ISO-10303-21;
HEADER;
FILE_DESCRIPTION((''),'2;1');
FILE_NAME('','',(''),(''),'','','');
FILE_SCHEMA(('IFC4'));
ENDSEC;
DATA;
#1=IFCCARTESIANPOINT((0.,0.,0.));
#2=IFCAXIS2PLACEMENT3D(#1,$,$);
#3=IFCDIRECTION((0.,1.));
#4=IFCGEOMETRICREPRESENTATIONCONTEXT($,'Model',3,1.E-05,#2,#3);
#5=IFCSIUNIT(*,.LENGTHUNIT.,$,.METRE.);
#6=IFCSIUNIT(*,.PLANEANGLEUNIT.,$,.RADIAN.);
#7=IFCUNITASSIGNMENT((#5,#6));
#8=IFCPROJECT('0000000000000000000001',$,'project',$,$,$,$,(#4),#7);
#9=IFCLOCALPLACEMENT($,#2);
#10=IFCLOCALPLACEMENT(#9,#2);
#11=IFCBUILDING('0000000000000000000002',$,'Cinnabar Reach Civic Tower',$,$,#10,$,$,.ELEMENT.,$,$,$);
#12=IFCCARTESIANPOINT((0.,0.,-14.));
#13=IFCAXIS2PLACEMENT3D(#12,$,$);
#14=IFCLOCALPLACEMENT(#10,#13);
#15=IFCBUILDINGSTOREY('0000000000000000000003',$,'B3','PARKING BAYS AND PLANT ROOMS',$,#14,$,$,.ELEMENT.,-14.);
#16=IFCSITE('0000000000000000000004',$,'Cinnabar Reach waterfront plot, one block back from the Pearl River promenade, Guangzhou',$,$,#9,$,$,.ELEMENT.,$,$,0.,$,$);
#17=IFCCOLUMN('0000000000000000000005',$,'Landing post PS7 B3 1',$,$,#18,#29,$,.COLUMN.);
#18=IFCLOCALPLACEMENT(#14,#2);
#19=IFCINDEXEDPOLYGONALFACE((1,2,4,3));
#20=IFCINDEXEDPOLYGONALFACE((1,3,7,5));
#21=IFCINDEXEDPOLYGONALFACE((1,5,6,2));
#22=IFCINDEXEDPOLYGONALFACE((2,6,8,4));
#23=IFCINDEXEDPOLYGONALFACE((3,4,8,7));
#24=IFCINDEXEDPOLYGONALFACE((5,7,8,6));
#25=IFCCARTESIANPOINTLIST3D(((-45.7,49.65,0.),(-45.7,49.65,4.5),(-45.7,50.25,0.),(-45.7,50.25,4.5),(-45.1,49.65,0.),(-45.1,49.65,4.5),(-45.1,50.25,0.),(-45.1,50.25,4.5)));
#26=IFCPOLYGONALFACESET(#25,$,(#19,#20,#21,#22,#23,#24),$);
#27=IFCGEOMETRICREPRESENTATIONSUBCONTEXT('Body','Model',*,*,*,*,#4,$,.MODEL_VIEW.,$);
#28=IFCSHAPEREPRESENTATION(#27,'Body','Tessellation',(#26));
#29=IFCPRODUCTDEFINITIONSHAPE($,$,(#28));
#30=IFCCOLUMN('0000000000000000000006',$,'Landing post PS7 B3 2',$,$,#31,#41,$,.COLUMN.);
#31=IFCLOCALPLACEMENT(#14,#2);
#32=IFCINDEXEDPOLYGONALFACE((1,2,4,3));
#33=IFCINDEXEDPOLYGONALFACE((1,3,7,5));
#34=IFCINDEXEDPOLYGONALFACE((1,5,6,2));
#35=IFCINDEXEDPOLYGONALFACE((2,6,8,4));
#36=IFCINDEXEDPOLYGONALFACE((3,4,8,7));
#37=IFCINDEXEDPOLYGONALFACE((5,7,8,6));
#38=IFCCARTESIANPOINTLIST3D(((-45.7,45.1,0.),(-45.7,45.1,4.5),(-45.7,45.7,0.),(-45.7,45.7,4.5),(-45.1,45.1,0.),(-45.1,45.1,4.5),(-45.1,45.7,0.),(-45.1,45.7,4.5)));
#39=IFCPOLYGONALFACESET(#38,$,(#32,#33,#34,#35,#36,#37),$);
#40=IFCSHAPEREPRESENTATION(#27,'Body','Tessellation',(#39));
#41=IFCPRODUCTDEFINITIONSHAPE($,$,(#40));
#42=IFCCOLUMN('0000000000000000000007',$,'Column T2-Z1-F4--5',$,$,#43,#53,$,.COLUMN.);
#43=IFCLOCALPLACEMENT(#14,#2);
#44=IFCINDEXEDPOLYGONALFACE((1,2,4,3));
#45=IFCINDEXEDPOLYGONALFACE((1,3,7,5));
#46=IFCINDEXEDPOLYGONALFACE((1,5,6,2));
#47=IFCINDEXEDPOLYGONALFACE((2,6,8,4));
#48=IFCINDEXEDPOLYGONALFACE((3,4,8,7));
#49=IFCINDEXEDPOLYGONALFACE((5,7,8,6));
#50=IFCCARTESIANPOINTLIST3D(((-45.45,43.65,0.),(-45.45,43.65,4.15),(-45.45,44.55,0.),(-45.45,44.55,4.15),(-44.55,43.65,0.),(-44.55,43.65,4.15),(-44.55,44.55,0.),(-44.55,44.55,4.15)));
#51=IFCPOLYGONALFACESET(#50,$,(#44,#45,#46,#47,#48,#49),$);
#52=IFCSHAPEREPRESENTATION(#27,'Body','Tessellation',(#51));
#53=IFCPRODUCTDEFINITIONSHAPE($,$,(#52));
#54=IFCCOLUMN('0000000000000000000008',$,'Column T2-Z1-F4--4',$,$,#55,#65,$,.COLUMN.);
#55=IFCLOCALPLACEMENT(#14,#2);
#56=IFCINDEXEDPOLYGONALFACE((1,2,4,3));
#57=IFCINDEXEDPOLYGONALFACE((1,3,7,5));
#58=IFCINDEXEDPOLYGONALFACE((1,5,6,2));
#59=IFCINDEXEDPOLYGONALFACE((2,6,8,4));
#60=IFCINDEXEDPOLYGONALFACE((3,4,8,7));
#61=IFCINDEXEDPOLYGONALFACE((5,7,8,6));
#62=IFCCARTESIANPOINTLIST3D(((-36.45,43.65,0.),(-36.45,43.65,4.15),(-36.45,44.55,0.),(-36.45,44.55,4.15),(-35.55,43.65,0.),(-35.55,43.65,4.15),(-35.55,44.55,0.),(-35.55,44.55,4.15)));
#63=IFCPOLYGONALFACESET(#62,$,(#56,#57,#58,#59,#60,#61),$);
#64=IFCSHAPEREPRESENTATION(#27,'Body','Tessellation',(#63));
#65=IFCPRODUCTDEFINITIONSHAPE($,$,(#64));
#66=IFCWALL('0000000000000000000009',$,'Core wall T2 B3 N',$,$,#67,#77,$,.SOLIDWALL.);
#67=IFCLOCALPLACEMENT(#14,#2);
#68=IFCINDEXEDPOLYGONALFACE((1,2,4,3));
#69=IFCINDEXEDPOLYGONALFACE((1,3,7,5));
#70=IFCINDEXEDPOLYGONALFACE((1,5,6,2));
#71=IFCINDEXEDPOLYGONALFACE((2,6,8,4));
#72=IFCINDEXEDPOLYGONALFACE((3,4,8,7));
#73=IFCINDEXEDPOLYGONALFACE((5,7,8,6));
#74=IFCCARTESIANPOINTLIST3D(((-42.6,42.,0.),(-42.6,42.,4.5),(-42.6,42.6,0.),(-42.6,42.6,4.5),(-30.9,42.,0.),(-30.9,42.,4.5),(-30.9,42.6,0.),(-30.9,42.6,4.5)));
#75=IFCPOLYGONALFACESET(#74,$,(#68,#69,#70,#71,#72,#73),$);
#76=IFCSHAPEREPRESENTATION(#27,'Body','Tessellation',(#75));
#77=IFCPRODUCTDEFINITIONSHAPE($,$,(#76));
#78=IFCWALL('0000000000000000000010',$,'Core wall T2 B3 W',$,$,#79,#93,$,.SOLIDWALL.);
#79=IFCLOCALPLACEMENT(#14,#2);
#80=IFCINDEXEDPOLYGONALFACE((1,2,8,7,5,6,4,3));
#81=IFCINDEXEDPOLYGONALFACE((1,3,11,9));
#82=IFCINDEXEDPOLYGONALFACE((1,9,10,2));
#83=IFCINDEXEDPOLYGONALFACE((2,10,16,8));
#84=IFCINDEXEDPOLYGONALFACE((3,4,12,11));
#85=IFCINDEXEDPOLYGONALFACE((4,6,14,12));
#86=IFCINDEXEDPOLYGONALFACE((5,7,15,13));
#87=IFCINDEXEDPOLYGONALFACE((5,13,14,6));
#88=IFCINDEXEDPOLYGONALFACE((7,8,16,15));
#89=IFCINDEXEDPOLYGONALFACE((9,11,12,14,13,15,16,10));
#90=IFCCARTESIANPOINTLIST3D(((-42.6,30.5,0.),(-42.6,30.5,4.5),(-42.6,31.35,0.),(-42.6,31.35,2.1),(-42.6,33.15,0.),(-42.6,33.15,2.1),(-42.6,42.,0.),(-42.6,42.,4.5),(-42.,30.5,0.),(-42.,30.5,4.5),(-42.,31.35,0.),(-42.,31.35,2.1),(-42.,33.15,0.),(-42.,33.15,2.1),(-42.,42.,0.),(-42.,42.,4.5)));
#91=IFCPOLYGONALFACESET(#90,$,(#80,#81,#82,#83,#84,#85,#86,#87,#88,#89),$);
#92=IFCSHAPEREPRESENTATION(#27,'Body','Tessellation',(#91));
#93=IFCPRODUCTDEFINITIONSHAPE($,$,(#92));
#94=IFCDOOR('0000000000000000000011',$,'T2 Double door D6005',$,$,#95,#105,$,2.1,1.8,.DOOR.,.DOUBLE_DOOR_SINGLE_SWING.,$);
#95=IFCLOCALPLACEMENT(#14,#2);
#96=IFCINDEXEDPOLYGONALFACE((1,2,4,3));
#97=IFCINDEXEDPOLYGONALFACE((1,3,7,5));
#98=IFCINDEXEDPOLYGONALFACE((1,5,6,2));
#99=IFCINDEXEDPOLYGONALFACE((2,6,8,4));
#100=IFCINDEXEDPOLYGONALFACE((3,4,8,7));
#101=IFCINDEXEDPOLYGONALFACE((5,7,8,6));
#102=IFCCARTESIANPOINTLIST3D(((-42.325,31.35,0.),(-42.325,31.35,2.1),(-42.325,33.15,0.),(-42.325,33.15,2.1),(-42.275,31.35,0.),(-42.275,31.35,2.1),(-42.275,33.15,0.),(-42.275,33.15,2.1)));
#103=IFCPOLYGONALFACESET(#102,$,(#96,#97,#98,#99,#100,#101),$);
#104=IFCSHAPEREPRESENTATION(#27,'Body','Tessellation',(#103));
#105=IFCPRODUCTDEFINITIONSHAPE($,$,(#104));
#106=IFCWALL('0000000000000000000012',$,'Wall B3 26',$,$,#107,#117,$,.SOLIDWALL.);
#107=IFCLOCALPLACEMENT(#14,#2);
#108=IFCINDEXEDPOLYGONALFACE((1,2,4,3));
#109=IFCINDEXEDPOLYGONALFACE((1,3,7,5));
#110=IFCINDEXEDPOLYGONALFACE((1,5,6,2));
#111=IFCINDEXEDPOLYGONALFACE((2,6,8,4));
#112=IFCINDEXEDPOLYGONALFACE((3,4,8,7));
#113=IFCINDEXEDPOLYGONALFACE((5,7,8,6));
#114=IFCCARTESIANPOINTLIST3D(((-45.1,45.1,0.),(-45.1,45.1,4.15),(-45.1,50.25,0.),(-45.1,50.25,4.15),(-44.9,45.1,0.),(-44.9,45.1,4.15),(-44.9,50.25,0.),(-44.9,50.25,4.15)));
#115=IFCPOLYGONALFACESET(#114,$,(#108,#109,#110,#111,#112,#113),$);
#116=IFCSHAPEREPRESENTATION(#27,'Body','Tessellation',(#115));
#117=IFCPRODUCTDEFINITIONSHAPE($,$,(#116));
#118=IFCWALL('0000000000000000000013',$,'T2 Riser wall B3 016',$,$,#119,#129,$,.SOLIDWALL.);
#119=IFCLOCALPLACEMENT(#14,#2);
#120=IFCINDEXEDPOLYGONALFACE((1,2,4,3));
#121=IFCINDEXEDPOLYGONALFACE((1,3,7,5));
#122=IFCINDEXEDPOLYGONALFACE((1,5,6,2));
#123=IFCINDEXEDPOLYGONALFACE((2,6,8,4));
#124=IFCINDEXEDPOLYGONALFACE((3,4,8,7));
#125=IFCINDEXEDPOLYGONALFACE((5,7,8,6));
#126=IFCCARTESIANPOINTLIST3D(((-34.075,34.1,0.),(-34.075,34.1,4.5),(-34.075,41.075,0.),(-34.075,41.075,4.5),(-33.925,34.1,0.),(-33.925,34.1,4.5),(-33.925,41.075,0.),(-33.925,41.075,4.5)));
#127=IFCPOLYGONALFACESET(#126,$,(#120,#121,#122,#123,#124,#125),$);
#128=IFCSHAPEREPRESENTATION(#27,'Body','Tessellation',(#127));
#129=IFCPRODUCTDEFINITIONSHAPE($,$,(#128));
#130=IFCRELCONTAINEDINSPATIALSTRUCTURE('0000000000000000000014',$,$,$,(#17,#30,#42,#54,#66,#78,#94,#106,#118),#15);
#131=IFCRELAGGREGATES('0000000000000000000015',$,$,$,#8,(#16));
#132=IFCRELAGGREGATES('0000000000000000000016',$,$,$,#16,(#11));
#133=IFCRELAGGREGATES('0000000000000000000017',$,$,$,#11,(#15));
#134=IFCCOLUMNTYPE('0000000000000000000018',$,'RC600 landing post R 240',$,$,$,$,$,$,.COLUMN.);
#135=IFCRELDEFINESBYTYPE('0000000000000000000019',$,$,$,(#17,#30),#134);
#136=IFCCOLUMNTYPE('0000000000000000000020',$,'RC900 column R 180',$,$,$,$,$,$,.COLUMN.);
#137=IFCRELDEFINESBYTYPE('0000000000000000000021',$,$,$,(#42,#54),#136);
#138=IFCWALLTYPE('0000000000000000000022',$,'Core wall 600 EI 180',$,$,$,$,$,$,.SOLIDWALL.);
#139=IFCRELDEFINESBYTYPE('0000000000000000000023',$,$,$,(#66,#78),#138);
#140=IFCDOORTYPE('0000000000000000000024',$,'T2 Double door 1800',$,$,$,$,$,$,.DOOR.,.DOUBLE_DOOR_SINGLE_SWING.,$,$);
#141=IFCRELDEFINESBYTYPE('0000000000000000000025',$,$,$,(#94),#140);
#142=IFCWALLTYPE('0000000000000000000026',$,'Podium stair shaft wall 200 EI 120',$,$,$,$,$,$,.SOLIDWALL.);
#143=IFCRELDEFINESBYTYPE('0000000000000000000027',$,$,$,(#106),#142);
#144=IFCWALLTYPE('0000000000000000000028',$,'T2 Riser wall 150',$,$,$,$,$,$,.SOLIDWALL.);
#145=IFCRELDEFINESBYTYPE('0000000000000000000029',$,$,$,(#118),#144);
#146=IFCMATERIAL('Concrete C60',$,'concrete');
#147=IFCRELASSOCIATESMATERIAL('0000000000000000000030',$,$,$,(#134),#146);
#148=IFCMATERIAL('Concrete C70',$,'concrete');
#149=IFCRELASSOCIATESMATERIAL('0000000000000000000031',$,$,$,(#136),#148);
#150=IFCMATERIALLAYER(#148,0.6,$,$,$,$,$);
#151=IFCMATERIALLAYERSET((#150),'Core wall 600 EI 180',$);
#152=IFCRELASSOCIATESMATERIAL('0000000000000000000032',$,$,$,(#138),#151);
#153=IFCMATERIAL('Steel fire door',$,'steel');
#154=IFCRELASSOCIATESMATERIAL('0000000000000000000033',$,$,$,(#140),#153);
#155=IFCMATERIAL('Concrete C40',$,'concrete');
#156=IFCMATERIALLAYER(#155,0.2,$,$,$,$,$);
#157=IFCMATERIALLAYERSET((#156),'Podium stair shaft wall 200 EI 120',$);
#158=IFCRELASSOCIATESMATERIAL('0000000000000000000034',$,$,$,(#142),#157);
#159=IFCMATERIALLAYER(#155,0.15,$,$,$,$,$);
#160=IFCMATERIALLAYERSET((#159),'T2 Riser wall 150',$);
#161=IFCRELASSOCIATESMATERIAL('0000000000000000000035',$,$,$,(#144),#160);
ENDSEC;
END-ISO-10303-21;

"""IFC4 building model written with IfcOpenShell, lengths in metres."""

from ifc_helpers import new_model, si_unit, direction, frame, frame_2d, origin, origin_2d, place, context, subcontext, project, spatial, rectangle, extrude, material, layer, layer_set, material_profile, profile_set, type_object, element, fill, save


model = new_model("IFC4")

# Units and contexts
model_context = context("Model", 3, precision=1e-05, world=origin(), true_north=direction((0.0, 1.0)))
body_context = subcontext(model_context, "Body", "Model", "MODEL_VIEW")
ifc_project = project(units=[si_unit("LENGTHUNIT", "METRE"), si_unit("PLANEANGLEUNIT", "RADIAN")], contexts=[model_context])

# Site, building, storey
site_placement = place(None, origin())
site = spatial("IfcSite", under=ifc_project, at=site_placement, Name="Cinnabar Reach waterfront plot, one block back from the Pearl River promenade, Guangzhou", CompositionType="ELEMENT", RefElevation=0.0)
building_placement = place(site_placement, origin())
building = spatial("IfcBuilding", under=site, at=building_placement, Name="Cinnabar Reach Civic Tower", CompositionType="ELEMENT")
storey_placement = place(building_placement, frame((0.0, 0.0, -14.0)))
storey = spatial("IfcBuildingStorey", under=building, at=storey_placement, Name="B3", Description="PARKING BAYS AND PLANT ROOMS", CompositionType="ELEMENT", Elevation=-14.0)

# Shared definitions
ifc_material_1 = material(Name="Concrete C40", Category="concrete")

# Columns
ifc_material_2 = material(Name="Concrete C70", Category="concrete")
ifc_material_3 = material(Name="Concrete C60", Category="concrete")
ifc_material_profile_1 = material_profile(ifc_material_3, rectangle(XDim=0.6, YDim=0.6, at=origin_2d()), Name="RC600")
ifc_profile_set_1 = profile_set([ifc_material_profile_1], Name="Concrete C60")
column_type_1 = type_object("IfcColumnType", Name="RC600 landing post R 240", PredefinedType="COLUMN", material=ifc_profile_set_1)
for number, where, z_axis, x_axis, name in (
    (1, (-45.4, 49.95, 0.0), (0.0, 0.0, 1.0), (1.0, 0.0, 0.0), "Landing post PS7 B3 1"),
    (2, (-45.4, 45.4, 0.0), (0.0, 0.0, 1.0), (1.0, 0.0, 0.0), "Landing post PS7 B3 2"),
):
    element("IfcColumn", number, at=place(storey_placement, frame(where, z_axis=z_axis, x_axis=x_axis)), inside=storey, type_object=column_type_1, Name=name, PredefinedType="COLUMN", context=body_context, shape_type="SweptSolid", body=[
        extrude(rectangle(XDim=0.6, YDim=0.6, at=origin_2d()), origin(), (0.0, 0.0, 1.0), 4.5),
    ])
ifc_material_profile_2 = material_profile(ifc_material_2, rectangle(XDim=0.9, YDim=0.9, at=origin_2d()), Name="RC900")
ifc_profile_set_2 = profile_set([ifc_material_profile_2], Name="Concrete C70")
column_type_2 = type_object("IfcColumnType", Name="RC900 column R 180", PredefinedType="COLUMN", material=ifc_profile_set_2)
for number, where, z_axis, x_axis, name in (
    (3, (-45.0, 44.1, 0.0), (0.0, 0.0, 1.0), (1.0, 0.0, 0.0), "Column T2-Z1-F4--5"),
    (4, (-36.0, 44.1, 0.0), (0.0, 0.0, 1.0), (1.0, 0.0, 0.0), "Column T2-Z1-F4--4"),
):
    element("IfcColumn", number, at=place(storey_placement, frame(where, z_axis=z_axis, x_axis=x_axis)), inside=storey, type_object=column_type_2, Name=name, PredefinedType="COLUMN", context=body_context, shape_type="SweptSolid", body=[
        extrude(rectangle(XDim=0.9, YDim=0.9, at=origin_2d()), origin(), (0.0, 0.0, 1.0), 4.15),
    ])

# Wall
ifc_layer_1 = layer(ifc_material_2, 0.6)
ifc_layer_set_1 = layer_set([ifc_layer_1], Name="Core wall 600 EI 180")
wall_type_1 = type_object("IfcWallType", Name="Core wall 600 EI 180", PredefinedType="SOLIDWALL", material=ifc_layer_set_1)
wall_1_placement = place(storey_placement, frame((-30.9, 42.3, 0.0), z_axis=(0.0, 0.0, 1.0), x_axis=(-1.0, 0.0, 0.0)))
element("IfcWall", 5, at=wall_1_placement, inside=storey, type_object=wall_type_1, Name="Core wall T2 B3 N", PredefinedType="SOLIDWALL", context=body_context, shape_type="SweptSolid", body=[
    extrude(rectangle(XDim=11.7, YDim=0.6, at=frame_2d((5.85, 0.0))), origin(), (0.0, 0.0, 1.0), 4.5),
])

# Wall, opening, door
wall_2_placement = place(storey_placement, frame((-42.3, 42.0, 0.0), z_axis=(0.0, 0.0, 1.0), x_axis=(0.0, -1.0, 0.0)))
wall_2 = element("IfcWall", 6, at=wall_2_placement, inside=storey, type_object=wall_type_1, Name="Core wall T2 B3 W", PredefinedType="SOLIDWALL", context=body_context, shape_type="SweptSolid", body=[
    extrude(rectangle(XDim=11.5, YDim=0.6, at=frame_2d((5.75, 0.0))), origin(), (0.0, 0.0, 1.0), 4.5),
])
opening_placement = place(wall_2_placement, frame((8.85, 0.0, 0.0)))
opening = element("IfcOpeningElement", 7, at=opening_placement, cuts=wall_2, PredefinedType="OPENING", context=body_context, shape_type="SweptSolid", body=[
    extrude(rectangle(XDim=1.8, YDim=2.1, at=frame_2d((0.9, 1.05))), frame((0.0, 0.31, 0.0), z_axis=(0.0, -1.0, 0.0), x_axis=(1.0, 0.0, 0.0)), (0.0, 0.0, 1.0), 0.62),
])
ifc_material_4 = material(Name="Steel fire door", Category="steel")
door_type = type_object("IfcDoorType", Name="T2 Double door 1800", OperationType="DOUBLE_DOOR_SINGLE_SWING", PredefinedType="DOOR", material=ifc_material_4)
door_placement = place(opening_placement, frame((1.8, 0.0, 0.0), z_axis=(0.0, 0.0, 1.0), x_axis=(-1.0, 0.0, 0.0)))
door = element("IfcDoor", 8, at=door_placement, inside=storey, type_object=door_type, Name="T2 Double door D6005", OperationType="DOUBLE_DOOR_SINGLE_SWING", OverallHeight=2.1, OverallWidth=1.8, PredefinedType="DOOR", context=body_context, shape_type="SweptSolid", body=[
    extrude(rectangle(XDim=1.8, YDim=2.1, at=frame_2d((0.9, 1.05))), frame((0.0, 0.025, 0.0), z_axis=(0.0, -1.0, 0.0), x_axis=(1.0, 0.0, 0.0)), (0.0, 0.0, 1.0), 0.05),
])
fill(opening, door)

# Walls
ifc_layer_2 = layer(ifc_material_1, 0.2)
ifc_layer_set_2 = layer_set([ifc_layer_2], Name="Podium stair shaft wall 200 EI 120")
wall_type_2 = type_object("IfcWallType", Name="Podium stair shaft wall 200 EI 120", PredefinedType="SOLIDWALL", material=ifc_layer_set_2)
wall_3_placement = place(storey_placement, frame((-45.0, 45.1, 0.0), z_axis=(0.0, 0.0, 1.0), x_axis=(0.0, 1.0, 0.0)))
element("IfcWall", 9, at=wall_3_placement, inside=storey, type_object=wall_type_2, Name="Wall B3 26", PredefinedType="SOLIDWALL", context=body_context, shape_type="SweptSolid", body=[
    extrude(rectangle(XDim=5.15, YDim=0.2, at=frame_2d((2.575, 0.0))), origin(), (0.0, 0.0, 1.0), 4.15),
])
ifc_layer_3 = layer(ifc_material_1, 0.15)
ifc_layer_set_3 = layer_set([ifc_layer_3], Name="T2 Riser wall 150")
wall_type_3 = type_object("IfcWallType", Name="T2 Riser wall 150", PredefinedType="SOLIDWALL", material=ifc_layer_set_3)
wall_4_placement = place(storey_placement, frame((-34.0, 41.075, 0.0), z_axis=(0.0, 0.0, 1.0), x_axis=(0.0, -1.0, 0.0)))
element("IfcWall", 10, at=wall_4_placement, inside=storey, type_object=wall_type_3, Name="T2 Riser wall B3 016", PredefinedType="SOLIDWALL", context=body_context, shape_type="SweptSolid", body=[
    extrude(rectangle(XDim=6.975, YDim=0.15, at=frame_2d((3.4875, 0.0))), origin(), (0.0, 0.0, 1.0), 4.5),
])

save(model, "model.ifc")
